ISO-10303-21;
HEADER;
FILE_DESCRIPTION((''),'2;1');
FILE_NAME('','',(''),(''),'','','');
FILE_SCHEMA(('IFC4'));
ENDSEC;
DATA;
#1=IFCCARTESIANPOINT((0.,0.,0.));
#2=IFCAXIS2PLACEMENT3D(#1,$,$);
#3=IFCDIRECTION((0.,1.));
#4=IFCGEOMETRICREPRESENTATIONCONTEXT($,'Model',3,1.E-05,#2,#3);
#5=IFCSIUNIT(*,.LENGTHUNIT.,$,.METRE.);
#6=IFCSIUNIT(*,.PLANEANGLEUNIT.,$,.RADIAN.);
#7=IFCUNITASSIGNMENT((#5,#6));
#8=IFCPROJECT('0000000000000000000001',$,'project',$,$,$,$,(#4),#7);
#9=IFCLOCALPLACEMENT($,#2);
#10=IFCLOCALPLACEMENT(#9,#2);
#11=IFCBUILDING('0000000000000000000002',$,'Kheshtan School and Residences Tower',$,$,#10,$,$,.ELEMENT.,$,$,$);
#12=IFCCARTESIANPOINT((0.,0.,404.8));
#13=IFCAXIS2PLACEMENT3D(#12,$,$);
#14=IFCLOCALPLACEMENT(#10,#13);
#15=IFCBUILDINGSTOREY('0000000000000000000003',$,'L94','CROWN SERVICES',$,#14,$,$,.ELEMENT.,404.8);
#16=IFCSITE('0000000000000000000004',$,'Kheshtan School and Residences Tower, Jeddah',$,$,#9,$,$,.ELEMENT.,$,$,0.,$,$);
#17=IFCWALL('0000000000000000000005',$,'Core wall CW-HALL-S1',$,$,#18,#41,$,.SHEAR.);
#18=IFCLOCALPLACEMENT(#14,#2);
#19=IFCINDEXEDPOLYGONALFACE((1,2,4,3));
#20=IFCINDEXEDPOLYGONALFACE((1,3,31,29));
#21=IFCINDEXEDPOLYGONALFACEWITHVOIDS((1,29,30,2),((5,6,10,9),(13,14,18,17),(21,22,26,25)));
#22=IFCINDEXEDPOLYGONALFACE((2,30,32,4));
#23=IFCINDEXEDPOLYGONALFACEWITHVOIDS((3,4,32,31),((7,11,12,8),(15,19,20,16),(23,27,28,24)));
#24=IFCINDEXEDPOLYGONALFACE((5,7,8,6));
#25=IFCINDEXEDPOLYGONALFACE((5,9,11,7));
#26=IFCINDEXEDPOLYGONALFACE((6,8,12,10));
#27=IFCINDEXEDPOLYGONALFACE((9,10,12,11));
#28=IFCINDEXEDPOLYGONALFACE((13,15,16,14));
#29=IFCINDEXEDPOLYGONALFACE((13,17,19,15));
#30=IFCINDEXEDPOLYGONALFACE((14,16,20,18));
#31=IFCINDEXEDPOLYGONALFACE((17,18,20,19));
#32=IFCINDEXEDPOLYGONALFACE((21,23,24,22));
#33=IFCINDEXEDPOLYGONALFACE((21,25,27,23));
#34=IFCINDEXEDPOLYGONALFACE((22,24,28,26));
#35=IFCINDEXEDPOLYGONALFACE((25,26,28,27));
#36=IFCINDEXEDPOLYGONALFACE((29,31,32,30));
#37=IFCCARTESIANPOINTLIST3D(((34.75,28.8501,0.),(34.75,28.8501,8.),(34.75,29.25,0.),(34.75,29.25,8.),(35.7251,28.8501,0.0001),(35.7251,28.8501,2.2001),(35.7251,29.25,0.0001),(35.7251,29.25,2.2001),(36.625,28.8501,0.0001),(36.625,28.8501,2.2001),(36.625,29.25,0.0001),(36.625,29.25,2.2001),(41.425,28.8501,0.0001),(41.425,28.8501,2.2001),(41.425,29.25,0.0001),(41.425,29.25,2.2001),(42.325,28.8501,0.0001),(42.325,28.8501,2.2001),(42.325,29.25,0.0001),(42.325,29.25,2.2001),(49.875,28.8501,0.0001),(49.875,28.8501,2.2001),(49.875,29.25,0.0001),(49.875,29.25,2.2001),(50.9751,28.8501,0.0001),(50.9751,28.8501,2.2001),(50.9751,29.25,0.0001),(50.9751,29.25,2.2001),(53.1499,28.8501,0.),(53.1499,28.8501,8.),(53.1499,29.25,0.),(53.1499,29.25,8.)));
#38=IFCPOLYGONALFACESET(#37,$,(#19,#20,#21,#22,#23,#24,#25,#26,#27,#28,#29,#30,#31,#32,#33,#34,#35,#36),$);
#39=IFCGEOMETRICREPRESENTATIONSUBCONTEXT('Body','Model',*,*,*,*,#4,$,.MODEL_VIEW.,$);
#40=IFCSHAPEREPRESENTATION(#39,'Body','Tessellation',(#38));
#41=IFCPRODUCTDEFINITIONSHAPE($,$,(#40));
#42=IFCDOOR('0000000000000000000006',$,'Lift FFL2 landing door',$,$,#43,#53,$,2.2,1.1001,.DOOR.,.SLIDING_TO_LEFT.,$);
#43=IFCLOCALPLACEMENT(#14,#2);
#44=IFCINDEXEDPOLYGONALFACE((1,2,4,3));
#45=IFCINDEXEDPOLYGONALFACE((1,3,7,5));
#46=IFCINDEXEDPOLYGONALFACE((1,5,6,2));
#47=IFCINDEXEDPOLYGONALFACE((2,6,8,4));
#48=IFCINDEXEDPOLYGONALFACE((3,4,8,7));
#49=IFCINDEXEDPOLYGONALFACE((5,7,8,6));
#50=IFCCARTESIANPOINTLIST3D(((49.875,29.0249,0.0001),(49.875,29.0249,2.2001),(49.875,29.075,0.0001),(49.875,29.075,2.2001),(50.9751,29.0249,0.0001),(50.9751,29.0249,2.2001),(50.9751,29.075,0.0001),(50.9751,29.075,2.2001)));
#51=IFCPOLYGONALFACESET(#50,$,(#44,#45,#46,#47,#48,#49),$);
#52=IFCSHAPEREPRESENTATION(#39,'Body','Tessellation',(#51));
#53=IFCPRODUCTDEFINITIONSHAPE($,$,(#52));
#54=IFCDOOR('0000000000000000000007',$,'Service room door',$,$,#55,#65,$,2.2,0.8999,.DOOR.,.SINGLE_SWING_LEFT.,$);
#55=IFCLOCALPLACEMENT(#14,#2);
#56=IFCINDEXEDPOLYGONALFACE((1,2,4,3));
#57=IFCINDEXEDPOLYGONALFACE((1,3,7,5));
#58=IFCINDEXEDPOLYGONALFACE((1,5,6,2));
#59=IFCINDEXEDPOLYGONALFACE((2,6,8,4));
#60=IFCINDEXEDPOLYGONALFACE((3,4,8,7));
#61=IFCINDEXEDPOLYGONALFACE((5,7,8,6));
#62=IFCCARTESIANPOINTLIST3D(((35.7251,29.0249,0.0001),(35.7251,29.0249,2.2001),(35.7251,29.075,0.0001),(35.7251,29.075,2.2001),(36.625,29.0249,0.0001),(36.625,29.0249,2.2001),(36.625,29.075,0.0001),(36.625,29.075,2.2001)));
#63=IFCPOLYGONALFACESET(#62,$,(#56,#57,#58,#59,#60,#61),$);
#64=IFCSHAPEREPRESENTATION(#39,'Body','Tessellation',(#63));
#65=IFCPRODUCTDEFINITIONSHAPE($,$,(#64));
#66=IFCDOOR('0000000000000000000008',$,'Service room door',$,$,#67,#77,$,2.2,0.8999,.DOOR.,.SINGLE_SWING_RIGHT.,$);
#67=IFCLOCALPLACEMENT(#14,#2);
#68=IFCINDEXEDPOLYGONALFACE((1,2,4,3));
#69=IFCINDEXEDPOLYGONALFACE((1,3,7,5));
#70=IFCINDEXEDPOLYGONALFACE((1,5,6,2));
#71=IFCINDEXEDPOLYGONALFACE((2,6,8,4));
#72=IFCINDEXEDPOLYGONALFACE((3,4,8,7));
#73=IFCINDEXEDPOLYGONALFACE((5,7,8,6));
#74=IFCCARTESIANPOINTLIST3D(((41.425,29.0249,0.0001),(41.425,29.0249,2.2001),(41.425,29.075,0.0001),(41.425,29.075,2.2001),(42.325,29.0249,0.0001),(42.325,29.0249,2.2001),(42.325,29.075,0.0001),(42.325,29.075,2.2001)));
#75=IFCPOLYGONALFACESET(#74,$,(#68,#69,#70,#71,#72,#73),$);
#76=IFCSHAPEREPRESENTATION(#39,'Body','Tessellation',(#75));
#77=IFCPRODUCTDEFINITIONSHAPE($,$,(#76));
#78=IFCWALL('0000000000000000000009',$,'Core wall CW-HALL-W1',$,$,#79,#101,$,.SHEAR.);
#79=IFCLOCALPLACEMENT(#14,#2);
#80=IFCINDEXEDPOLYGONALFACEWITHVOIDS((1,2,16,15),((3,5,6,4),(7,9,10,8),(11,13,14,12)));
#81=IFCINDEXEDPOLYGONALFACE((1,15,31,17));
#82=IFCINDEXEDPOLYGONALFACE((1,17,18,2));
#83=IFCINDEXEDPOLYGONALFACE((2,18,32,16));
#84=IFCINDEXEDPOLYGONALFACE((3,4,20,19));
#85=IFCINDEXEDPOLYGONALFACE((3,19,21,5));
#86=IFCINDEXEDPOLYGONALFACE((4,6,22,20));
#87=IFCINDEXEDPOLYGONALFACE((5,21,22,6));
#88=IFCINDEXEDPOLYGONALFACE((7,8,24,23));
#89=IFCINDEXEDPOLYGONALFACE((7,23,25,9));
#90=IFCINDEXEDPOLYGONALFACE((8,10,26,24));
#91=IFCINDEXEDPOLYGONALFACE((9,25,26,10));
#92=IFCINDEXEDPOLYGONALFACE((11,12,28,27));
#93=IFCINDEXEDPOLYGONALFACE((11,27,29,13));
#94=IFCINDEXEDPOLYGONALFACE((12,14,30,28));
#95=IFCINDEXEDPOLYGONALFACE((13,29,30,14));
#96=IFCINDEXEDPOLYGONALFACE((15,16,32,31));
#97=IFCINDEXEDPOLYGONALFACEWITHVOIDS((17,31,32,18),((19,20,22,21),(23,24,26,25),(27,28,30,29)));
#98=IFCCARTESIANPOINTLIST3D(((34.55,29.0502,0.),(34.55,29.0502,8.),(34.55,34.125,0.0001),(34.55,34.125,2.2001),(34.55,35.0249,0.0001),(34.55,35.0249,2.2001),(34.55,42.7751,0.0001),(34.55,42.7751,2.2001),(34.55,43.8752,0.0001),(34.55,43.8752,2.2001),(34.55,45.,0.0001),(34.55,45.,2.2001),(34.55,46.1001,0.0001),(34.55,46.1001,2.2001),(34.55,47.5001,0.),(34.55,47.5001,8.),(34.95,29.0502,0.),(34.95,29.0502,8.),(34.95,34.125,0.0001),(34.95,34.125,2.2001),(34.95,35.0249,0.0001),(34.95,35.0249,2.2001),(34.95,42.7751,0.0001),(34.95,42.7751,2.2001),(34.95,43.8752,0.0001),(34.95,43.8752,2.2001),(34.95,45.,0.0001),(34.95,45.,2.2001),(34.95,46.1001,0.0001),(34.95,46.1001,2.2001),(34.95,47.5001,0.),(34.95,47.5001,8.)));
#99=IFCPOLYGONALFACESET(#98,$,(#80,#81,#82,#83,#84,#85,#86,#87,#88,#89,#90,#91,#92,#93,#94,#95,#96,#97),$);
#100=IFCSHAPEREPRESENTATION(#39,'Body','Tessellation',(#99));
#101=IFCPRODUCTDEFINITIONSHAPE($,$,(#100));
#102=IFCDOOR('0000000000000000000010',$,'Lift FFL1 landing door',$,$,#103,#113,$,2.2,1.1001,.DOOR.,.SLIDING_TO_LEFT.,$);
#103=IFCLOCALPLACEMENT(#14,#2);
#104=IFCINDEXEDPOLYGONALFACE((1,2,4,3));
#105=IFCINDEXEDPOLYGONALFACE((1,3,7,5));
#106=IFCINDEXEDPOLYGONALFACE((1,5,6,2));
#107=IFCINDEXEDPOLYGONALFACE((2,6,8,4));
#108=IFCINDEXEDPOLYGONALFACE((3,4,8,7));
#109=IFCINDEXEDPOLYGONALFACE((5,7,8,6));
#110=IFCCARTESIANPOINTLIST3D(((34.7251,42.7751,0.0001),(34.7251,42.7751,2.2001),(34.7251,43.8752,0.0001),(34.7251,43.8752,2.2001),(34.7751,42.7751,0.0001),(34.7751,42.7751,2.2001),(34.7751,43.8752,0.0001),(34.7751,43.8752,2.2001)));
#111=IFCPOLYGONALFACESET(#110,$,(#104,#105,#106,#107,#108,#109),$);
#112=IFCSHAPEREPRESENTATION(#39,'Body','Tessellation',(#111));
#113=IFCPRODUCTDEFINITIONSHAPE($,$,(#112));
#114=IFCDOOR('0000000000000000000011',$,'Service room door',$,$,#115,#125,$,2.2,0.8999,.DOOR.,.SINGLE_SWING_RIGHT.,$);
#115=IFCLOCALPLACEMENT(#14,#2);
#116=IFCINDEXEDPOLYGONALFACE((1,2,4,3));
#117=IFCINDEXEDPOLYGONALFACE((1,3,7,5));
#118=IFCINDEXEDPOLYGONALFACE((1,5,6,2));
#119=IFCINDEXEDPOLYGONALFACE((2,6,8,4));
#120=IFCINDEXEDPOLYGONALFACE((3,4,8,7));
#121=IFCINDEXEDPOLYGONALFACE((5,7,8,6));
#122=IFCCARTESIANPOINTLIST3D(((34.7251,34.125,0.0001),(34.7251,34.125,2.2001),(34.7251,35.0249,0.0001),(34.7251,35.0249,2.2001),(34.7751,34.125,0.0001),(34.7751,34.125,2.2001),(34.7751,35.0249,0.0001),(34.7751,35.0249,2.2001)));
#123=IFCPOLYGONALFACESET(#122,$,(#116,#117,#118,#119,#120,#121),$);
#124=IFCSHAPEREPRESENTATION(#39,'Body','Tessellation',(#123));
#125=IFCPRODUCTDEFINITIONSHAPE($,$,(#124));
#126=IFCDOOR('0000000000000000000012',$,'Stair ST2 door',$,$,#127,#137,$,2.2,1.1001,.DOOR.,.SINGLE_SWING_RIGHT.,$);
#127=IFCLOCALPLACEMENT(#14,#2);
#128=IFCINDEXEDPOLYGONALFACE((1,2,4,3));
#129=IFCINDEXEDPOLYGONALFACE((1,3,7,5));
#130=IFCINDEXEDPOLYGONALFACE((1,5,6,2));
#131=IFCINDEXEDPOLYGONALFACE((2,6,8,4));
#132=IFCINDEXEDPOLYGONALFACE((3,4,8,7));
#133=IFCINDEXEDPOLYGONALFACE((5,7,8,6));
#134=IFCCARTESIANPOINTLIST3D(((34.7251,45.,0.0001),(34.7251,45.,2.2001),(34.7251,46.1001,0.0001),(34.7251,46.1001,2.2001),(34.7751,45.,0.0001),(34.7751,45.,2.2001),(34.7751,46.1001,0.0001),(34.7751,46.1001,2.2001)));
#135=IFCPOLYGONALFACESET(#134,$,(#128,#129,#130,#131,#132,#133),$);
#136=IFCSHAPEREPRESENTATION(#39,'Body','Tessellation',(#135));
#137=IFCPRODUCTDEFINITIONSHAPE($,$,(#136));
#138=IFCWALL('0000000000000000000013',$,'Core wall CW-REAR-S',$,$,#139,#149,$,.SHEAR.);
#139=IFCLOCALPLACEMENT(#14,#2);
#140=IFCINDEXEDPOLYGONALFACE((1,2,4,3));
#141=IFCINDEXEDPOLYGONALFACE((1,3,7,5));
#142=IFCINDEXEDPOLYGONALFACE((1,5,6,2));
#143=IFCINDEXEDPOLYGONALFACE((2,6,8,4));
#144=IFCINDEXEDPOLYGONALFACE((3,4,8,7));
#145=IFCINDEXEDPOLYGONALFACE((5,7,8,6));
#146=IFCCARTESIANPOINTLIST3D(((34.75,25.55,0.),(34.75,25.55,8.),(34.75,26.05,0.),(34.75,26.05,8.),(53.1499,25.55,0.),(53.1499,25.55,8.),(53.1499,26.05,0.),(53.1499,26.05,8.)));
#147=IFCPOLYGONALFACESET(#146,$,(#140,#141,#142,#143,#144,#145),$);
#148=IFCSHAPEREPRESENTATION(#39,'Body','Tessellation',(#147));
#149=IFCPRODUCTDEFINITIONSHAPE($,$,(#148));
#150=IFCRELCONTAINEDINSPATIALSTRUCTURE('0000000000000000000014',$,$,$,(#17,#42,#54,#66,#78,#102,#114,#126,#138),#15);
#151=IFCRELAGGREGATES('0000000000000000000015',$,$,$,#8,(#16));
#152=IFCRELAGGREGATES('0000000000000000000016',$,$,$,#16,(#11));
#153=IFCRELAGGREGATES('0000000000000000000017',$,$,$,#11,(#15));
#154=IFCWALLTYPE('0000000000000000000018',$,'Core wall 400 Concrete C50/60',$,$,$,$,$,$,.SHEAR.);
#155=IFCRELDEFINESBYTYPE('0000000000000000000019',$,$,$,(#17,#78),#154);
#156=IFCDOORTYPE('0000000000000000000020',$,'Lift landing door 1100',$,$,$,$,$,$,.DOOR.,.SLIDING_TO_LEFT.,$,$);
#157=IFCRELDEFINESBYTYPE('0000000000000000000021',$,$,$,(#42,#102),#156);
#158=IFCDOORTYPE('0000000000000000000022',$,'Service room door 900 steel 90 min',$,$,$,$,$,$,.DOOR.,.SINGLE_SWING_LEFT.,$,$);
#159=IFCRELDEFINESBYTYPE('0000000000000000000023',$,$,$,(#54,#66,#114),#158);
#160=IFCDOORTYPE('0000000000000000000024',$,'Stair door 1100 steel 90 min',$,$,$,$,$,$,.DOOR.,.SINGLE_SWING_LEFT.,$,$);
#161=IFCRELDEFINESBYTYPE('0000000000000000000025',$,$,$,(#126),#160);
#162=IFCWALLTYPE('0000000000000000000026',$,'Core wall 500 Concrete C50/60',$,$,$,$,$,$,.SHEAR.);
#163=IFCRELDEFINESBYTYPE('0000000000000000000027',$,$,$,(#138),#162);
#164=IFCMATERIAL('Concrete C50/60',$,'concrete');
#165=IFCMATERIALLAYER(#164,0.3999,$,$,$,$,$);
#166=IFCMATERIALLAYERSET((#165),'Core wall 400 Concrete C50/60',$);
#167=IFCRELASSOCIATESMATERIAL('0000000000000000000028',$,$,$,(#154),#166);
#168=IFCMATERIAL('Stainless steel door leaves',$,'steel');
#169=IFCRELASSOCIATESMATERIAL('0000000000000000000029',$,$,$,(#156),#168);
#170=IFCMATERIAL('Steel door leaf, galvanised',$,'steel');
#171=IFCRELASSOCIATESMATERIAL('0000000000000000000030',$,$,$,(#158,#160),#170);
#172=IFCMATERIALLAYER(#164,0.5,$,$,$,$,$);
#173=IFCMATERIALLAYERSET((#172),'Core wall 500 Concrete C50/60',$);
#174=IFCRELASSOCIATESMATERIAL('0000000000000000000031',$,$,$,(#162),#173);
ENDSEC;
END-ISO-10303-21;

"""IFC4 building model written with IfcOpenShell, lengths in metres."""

from ifc_helpers import new_model, si_unit, direction, frame, frame_2d, origin, place, context, subcontext, project, spatial, rectangle, extrude, source, transform, mapped, material, layer, layer_set, type_object, element, fill, save


model = new_model("IFC4")

# Units and contexts
model_context = context("Model", 3, precision=1e-05, world=origin(), true_north=direction((0.0, 1.0)))
body_context = subcontext(model_context, "Body", "Model", "MODEL_VIEW")
ifc_project = project(units=[si_unit("LENGTHUNIT", "METRE"), si_unit("PLANEANGLEUNIT", "RADIAN")], contexts=[model_context])

# Site, building, storey
site_placement = place(None, origin())
site = spatial("IfcSite", under=ifc_project, at=site_placement, Name="Kheshtan School and Residences Tower, Jeddah", CompositionType="ELEMENT", RefElevation=0.0)
building_placement = place(site_placement, origin())
building = spatial("IfcBuilding", under=site, at=building_placement, Name="Kheshtan School and Residences Tower", CompositionType="ELEMENT")
storey_placement = place(building_placement, frame((0.0, 0.0, 404.8)))
storey = spatial("IfcBuildingStorey", under=building, at=storey_placement, Name="L94", Description="CROWN SERVICES", CompositionType="ELEMENT", Elevation=404.8)

# Walls, openings, doors
ifc_material_1 = material(Name="Concrete C50/60", Category="concrete")
ifc_layer_1 = layer(ifc_material_1, 0.3999)
ifc_layer_set_1 = layer_set([ifc_layer_1], Name="Core wall 400 Concrete C50/60")
wall_type_1 = type_object("IfcWallType", Name="Core wall 400 Concrete C50/60", PredefinedType="SHEAR", material=ifc_layer_set_1)
wall_1_placement = place(storey_placement, frame((34.75, 29.05, 0.0), z_axis=(0.0, 0.0, 1.0), x_axis=(1.0, 0.0, 0.0)))
wall_1 = element("IfcWall", 1, at=wall_1_placement, inside=storey, type_object=wall_type_1, Name="Core wall CW-HALL-S1", PredefinedType="SHEAR", context=body_context, shape_type="SweptSolid", body=[
    extrude(rectangle(XDim=18.3999, YDim=0.3999, at=frame_2d((9.2, 0.0))), origin(), (0.0, 0.0, 1.0), 8.0),
])
opening_1_placement = place(wall_1_placement, frame((15.125, 0.0, 0.0)))
opening_1 = element("IfcOpeningElement", 2, at=opening_1_placement, cuts=wall_1, PredefinedType="OPENING", context=body_context, shape_type="SweptSolid", body=[
    extrude(rectangle(XDim=1.1001, YDim=2.2, at=frame_2d((0.55, 1.1001))), frame((0.0, 0.21, 0.0), z_axis=(0.0, -1.0, 0.0), x_axis=(1.0, 0.0, 0.0)), (0.0, 0.0, 1.0), 0.4199),
])
opening_2_placement = place(wall_1_placement, frame((0.9751, 0.0, 0.0)))
opening_2 = element("IfcOpeningElement", 3, at=opening_2_placement, cuts=wall_1, PredefinedType="OPENING", context=body_context, shape_type="SweptSolid", body=[
    extrude(rectangle(XDim=0.8999, YDim=2.2, at=frame_2d((0.45, 1.1001))), frame((0.0, 0.21, 0.0), z_axis=(0.0, -1.0, 0.0), x_axis=(1.0, 0.0, 0.0)), (0.0, 0.0, 1.0), 0.4199),
])
opening_3_placement = place(wall_1_placement, frame((6.675, 0.0, 0.0)))
opening_3 = element("IfcOpeningElement", 4, at=opening_3_placement, cuts=wall_1, PredefinedType="OPENING", context=body_context, shape_type="SweptSolid", body=[
    extrude(rectangle(XDim=0.8999, YDim=2.2, at=frame_2d((0.45, 1.1001))), frame((0.0, 0.21, 0.0), z_axis=(0.0, -1.0, 0.0), x_axis=(1.0, 0.0, 0.0)), (0.0, 0.0, 1.0), 0.4199),
])
ifc_material_2 = material(Name="Stainless steel door leaves", Category="steel")
door_type_1 = type_object("IfcDoorType", Name="Lift landing door 1100", OperationType="SLIDING_TO_LEFT", PredefinedType="DOOR", material=ifc_material_2)
shared_shape_1 = source(origin(), body_context, "Body", "SweptSolid", [
    extrude(rectangle(XDim=1.1001, YDim=2.2, at=frame_2d((0.55, 1.1001))), frame((0.0, 0.0249, 0.0), z_axis=(0.0, -1.0, 0.0), x_axis=(1.0, 0.0, 0.0)), (0.0, 0.0, 1.0), 0.05),
])
door_1_placement = place(opening_1_placement, origin())
door_1 = element("IfcDoor", 5, at=door_1_placement, inside=storey, type_object=door_type_1, Name="Lift FFL2 landing door", OperationType="SLIDING_TO_LEFT", OverallHeight=2.2, OverallWidth=1.1001, PredefinedType="DOOR", context=body_context, shape_type="MappedRepresentation", body=[
    mapped(shared_shape_1, transform((0.0, 0.0, 0.0), x_axis=(1.0, 0.0, 0.0), y_axis=(0.0, 1.0, 0.0), z_axis=(0.0, 0.0, 1.0), scale=1.0)),
])
fill(opening_1, door_1)
ifc_material_3 = material(Name="Steel door leaf, galvanised", Category="steel")
door_type_2 = type_object("IfcDoorType", Name="Service room door 900 steel 90 min", OperationType="SINGLE_SWING_LEFT", PredefinedType="DOOR", material=ifc_material_3)
shared_shape_2 = source(origin(), body_context, "Body", "SweptSolid", [
    extrude(rectangle(XDim=0.8999, YDim=2.2, at=frame_2d((0.45, 1.1001))), frame((0.0, 0.0249, 0.0), z_axis=(0.0, -1.0, 0.0), x_axis=(1.0, 0.0, 0.0)), (0.0, 0.0, 1.0), 0.05),
])
door_2_placement = place(opening_2_placement, origin())
door_2 = element("IfcDoor", 6, at=door_2_placement, inside=storey, type_object=door_type_2, Name="Service room door", OperationType="SINGLE_SWING_LEFT", OverallHeight=2.2, OverallWidth=0.8999, PredefinedType="DOOR", context=body_context, shape_type="MappedRepresentation", body=[
    mapped(shared_shape_2, transform((0.0, 0.0, 0.0), x_axis=(1.0, 0.0, 0.0), y_axis=(0.0, 1.0, 0.0), z_axis=(0.0, 0.0, 1.0), scale=1.0)),
])
fill(opening_2, door_2)
door_3_placement = place(opening_3_placement, origin())
door_3 = element("IfcDoor", 7, at=door_3_placement, inside=storey, type_object=door_type_2, Name="Service room door", OperationType="SINGLE_SWING_RIGHT", OverallHeight=2.2, OverallWidth=0.8999, PredefinedType="DOOR", context=body_context, shape_type="MappedRepresentation", body=[
    mapped(shared_shape_2, transform((0.0, 0.0, 0.0), x_axis=(1.0, 0.0, 0.0), y_axis=(0.0, 1.0, 0.0), z_axis=(0.0, 0.0, 1.0), scale=1.0)),
])
fill(opening_3, door_3)
wall_2_placement = place(storey_placement, frame((34.75, 29.05, 0.0), z_axis=(0.0, 0.0, 1.0), x_axis=(0.0, 1.0, 0.0)))
wall_2 = element("IfcWall", 8, at=wall_2_placement, inside=storey, type_object=wall_type_1, Name="Core wall CW-HALL-W1", PredefinedType="SHEAR", context=body_context, shape_type="SweptSolid", body=[
    extrude(rectangle(XDim=18.45, YDim=0.3999, at=frame_2d((9.2251, 0.0))), origin(), (0.0, 0.0, 1.0), 8.0),
])
opening_4_placement = place(wall_2_placement, frame((13.7251, 0.0, 0.0)))
opening_4 = element("IfcOpeningElement", 9, at=opening_4_placement, cuts=wall_2, PredefinedType="OPENING", context=body_context, shape_type="SweptSolid", body=[
    extrude(rectangle(XDim=1.1001, YDim=2.2, at=frame_2d((0.55, 1.1001))), frame((0.0, 0.21, 0.0), z_axis=(0.0, -1.0, 0.0), x_axis=(1.0, 0.0, 0.0)), (0.0, 0.0, 1.0), 0.4199),
])
opening_5_placement = place(wall_2_placement, frame((5.075, 0.0, 0.0)))
opening_5 = element("IfcOpeningElement", 10, at=opening_5_placement, cuts=wall_2, PredefinedType="OPENING", context=body_context, shape_type="SweptSolid", body=[
    extrude(rectangle(XDim=0.8999, YDim=2.2, at=frame_2d((0.45, 1.1001))), frame((0.0, 0.21, 0.0), z_axis=(0.0, -1.0, 0.0), x_axis=(1.0, 0.0, 0.0)), (0.0, 0.0, 1.0), 0.4199),
])
opening_6_placement = place(wall_2_placement, frame((15.95, 0.0, 0.0)))
opening_6 = element("IfcOpeningElement", 11, at=opening_6_placement, cuts=wall_2, PredefinedType="OPENING", context=body_context, shape_type="SweptSolid", body=[
    extrude(rectangle(XDim=1.1001, YDim=2.2, at=frame_2d((0.55, 1.1001))), frame((0.0, 0.21, 0.0), z_axis=(0.0, -1.0, 0.0), x_axis=(1.0, 0.0, 0.0)), (0.0, 0.0, 1.0), 0.4199),
])
door_4_placement = place(opening_4_placement, origin())
door_4 = element("IfcDoor", 12, at=door_4_placement, inside=storey, type_object=door_type_1, Name="Lift FFL1 landing door", OperationType="SLIDING_TO_LEFT", OverallHeight=2.2, OverallWidth=1.1001, PredefinedType="DOOR", context=body_context, shape_type="MappedRepresentation", body=[
    mapped(shared_shape_1, transform((0.0, 0.0, 0.0), x_axis=(1.0, 0.0, 0.0), y_axis=(0.0, 1.0, 0.0), z_axis=(0.0, 0.0, 1.0), scale=1.0)),
])
fill(opening_4, door_4)
door_5_placement = place(opening_5_placement, origin())
door_5 = element("IfcDoor", 13, at=door_5_placement, inside=storey, type_object=door_type_2, Name="Service room door", OperationType="SINGLE_SWING_RIGHT", OverallHeight=2.2, OverallWidth=0.8999, PredefinedType="DOOR", context=body_context, shape_type="MappedRepresentation", body=[
    mapped(shared_shape_2, transform((0.0, 0.0, 0.0), x_axis=(1.0, 0.0, 0.0), y_axis=(0.0, 1.0, 0.0), z_axis=(0.0, 0.0, 1.0), scale=1.0)),
])
fill(opening_5, door_5)
door_type_3 = type_object("IfcDoorType", Name="Stair door 1100 steel 90 min", OperationType="SINGLE_SWING_LEFT", PredefinedType="DOOR", material=ifc_material_3)
shared_shape_3 = source(origin(), body_context, "Body", "SweptSolid", [
    extrude(rectangle(XDim=1.1001, YDim=2.2, at=frame_2d((0.55, 1.1001))), frame((0.0, 0.0249, 0.0), z_axis=(0.0, -1.0, 0.0), x_axis=(1.0, 0.0, 0.0)), (0.0, 0.0, 1.0), 0.05),
])
door_6_placement = place(opening_6_placement, origin())
door_6 = element("IfcDoor", 14, at=door_6_placement, inside=storey, type_object=door_type_3, Name="Stair ST2 door", OperationType="SINGLE_SWING_RIGHT", OverallHeight=2.2, OverallWidth=1.1001, PredefinedType="DOOR", context=body_context, shape_type="MappedRepresentation", body=[
    mapped(shared_shape_3, transform((0.0, 0.0, 0.0), x_axis=(1.0, 0.0, 0.0), y_axis=(0.0, 1.0, 0.0), z_axis=(0.0, 0.0, 1.0), scale=1.0)),
])
fill(opening_6, door_6)

# Wall
ifc_layer_2 = layer(ifc_material_1, 0.5)
ifc_layer_set_2 = layer_set([ifc_layer_2], Name="Core wall 500 Concrete C50/60")
wall_type_2 = type_object("IfcWallType", Name="Core wall 500 Concrete C50/60", PredefinedType="SHEAR", material=ifc_layer_set_2)
wall_3_placement = place(storey_placement, frame((34.75, 25.8, 0.0), z_axis=(0.0, 0.0, 1.0), x_axis=(1.0, 0.0, 0.0)))
element("IfcWall", 15, at=wall_3_placement, inside=storey, type_object=wall_type_2, Name="Core wall CW-REAR-S", PredefinedType="SHEAR", context=body_context, shape_type="SweptSolid", body=[
    extrude(rectangle(XDim=18.3999, YDim=0.5, at=frame_2d((9.2, 0.0))), origin(), (0.0, 0.0, 1.0), 8.0),
])

save(model, "model.ifc")
